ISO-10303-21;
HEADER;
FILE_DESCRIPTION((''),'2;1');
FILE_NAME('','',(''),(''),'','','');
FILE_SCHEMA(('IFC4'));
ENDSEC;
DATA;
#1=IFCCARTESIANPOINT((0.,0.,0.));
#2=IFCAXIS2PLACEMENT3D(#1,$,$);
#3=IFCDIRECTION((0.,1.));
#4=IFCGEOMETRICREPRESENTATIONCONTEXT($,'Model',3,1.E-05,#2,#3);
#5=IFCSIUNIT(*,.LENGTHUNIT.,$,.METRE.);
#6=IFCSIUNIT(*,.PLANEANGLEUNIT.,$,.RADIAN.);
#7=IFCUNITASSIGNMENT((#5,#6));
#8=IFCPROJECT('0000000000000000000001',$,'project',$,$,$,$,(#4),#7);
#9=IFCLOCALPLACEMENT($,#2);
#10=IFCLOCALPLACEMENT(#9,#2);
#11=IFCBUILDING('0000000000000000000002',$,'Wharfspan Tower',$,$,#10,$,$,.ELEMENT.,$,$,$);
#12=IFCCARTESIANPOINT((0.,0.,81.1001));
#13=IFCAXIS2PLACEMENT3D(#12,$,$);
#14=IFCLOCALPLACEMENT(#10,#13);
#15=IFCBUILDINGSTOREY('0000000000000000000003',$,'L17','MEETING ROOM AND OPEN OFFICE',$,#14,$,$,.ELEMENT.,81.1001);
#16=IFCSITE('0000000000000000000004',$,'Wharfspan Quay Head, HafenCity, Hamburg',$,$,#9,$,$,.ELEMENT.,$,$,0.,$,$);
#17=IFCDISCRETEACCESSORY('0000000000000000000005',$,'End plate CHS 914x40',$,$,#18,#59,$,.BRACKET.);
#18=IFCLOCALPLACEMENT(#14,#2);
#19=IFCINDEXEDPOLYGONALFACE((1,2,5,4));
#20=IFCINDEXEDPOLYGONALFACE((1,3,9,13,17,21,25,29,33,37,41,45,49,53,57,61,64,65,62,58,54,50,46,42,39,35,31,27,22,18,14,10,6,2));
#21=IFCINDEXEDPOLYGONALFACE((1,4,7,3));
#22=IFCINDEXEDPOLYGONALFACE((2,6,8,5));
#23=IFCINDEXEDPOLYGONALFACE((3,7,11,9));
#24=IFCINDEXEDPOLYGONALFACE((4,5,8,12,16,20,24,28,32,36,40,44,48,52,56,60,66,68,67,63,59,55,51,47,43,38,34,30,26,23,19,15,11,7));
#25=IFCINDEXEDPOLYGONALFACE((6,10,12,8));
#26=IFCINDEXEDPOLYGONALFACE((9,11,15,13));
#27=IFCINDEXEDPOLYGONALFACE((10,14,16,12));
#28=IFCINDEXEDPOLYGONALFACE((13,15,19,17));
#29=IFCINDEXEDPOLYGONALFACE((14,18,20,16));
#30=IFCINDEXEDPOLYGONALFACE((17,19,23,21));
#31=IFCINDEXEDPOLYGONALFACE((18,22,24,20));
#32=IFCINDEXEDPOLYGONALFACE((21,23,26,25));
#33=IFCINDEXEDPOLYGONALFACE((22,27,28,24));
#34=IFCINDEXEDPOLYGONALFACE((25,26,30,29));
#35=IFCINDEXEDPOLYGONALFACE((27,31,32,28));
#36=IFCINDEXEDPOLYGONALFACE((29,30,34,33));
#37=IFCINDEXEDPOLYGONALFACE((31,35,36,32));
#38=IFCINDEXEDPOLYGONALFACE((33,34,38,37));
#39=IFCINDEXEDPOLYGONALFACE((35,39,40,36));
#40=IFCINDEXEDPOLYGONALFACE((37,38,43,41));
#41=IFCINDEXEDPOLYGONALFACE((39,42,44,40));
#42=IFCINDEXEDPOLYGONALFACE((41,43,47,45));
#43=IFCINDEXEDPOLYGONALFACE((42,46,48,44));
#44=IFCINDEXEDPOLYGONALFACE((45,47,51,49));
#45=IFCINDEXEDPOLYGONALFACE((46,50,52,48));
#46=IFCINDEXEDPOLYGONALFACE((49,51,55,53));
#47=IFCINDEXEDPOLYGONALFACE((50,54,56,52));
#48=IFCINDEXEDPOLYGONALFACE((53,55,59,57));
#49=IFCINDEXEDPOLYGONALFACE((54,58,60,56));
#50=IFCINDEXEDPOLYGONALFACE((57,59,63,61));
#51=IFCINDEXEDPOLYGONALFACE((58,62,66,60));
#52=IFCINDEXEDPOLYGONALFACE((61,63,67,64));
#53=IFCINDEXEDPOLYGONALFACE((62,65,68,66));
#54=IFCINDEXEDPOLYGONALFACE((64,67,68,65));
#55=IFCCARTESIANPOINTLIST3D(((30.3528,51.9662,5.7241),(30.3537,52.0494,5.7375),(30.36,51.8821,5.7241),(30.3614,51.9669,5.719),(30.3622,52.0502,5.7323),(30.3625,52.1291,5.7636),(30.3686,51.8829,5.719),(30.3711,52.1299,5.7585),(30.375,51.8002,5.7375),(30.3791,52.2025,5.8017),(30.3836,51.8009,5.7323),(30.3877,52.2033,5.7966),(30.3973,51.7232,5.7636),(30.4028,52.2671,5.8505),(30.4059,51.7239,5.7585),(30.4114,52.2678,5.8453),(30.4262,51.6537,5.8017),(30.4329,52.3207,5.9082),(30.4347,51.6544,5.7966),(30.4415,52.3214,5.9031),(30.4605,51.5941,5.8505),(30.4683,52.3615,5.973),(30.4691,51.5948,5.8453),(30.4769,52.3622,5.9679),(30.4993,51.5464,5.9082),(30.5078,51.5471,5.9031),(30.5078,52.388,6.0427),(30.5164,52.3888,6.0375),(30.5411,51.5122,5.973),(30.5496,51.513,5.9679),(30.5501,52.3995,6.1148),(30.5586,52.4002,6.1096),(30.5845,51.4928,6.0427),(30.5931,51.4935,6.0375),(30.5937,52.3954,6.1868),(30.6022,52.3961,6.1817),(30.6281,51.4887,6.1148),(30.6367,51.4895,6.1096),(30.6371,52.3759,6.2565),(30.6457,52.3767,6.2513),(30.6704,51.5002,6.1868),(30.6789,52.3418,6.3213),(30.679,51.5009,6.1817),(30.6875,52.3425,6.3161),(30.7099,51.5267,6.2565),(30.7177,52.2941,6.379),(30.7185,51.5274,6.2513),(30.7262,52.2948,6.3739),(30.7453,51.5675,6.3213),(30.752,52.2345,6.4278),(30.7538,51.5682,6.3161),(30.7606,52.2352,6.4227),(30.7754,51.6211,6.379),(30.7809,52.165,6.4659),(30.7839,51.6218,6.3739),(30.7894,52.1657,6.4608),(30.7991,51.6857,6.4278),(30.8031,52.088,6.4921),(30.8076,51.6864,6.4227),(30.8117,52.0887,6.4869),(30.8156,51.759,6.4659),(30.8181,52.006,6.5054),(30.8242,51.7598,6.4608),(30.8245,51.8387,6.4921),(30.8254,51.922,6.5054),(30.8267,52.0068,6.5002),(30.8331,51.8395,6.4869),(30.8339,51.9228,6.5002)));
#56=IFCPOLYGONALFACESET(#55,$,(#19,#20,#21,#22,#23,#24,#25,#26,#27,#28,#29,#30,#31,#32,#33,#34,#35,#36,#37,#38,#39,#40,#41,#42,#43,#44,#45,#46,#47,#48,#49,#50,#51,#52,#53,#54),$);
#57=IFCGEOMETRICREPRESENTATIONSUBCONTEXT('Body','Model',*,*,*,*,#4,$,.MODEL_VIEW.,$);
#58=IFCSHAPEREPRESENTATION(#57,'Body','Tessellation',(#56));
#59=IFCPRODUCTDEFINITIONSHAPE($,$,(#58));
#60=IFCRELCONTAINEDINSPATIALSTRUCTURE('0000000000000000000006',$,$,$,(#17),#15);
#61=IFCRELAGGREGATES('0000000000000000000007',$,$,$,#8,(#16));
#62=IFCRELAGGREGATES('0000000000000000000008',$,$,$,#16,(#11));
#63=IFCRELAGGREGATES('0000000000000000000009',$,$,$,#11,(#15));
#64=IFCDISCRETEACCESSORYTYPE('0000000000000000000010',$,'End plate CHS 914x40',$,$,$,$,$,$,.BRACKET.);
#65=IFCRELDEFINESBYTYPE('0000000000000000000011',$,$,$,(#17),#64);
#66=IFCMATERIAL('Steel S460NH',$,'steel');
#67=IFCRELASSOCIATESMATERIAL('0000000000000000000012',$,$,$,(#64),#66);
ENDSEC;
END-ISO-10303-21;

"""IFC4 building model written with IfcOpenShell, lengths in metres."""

from ifc_helpers import new_model, si_unit, direction, frame, origin, origin_2d, place, context, subcontext, project, spatial, circle, extrude, material, material_profile, profile_set, type_object, element, save


model = new_model("IFC4")

# Units and contexts
model_context = context("Model", 3, precision=1e-05, world=origin(), true_north=direction((0.0, 1.0)))
body_context = subcontext(model_context, "Body", "Model", "MODEL_VIEW")
ifc_project = project(units=[si_unit("LENGTHUNIT", "METRE"), si_unit("PLANEANGLEUNIT", "RADIAN")], contexts=[model_context])

# Site, building, storey
site_placement = place(None, origin())
site = spatial("IfcSite", under=ifc_project, at=site_placement, Name="Wharfspan Quay Head, HafenCity, Hamburg", CompositionType="ELEMENT", RefElevation=0.0)
building_placement = place(site_placement, origin())
building = spatial("IfcBuilding", under=site, at=building_placement, Name="Wharfspan Tower", CompositionType="ELEMENT")
storey_placement = place(building_placement, frame((0.0, 0.0, 81.1001)))
storey = spatial("IfcBuildingStorey", under=building, at=storey_placement, Name="L17", Description="MEETING ROOM AND OPEN OFFICE", CompositionType="ELEMENT", Elevation=81.1001)

# Shared definitions
ifc_material_1 = material(Name="Steel S460NH", Category="steel")

# Discrete accessory
ifc_material_profile_1 = material_profile(ifc_material_1, circle(Radius=0.457, at=origin_2d()))
ifc_profile_set_1 = profile_set([ifc_material_profile_1], Name="Steel S460NH")
discrete_accessory_type = type_object("IfcDiscreteAccessoryType", Name="End plate CHS 914x40", PredefinedType="BRACKET", material=ifc_profile_set_1)
for number, where, z_axis, x_axis, name in (
    (1, (30.5977, 51.9448, 6.1096), (-0.855186, -0.073302, 0.513112), (0.085402, -0.996345, 0.000001), "End plate CHS 914x40"),
):
    element("IfcDiscreteAccessory", number, at=place(storey_placement, frame(where, z_axis=z_axis, x_axis=x_axis)), inside=storey, type_object=discrete_accessory_type, Name=name, PredefinedType="BRACKET", context=body_context, shape_type="SweptSolid", body=[
        extrude(circle(Radius=0.457, at=origin_2d()), origin(), (0.0, 0.0, 1.0), 0.01),
    ])

save(model, "model.ifc")
